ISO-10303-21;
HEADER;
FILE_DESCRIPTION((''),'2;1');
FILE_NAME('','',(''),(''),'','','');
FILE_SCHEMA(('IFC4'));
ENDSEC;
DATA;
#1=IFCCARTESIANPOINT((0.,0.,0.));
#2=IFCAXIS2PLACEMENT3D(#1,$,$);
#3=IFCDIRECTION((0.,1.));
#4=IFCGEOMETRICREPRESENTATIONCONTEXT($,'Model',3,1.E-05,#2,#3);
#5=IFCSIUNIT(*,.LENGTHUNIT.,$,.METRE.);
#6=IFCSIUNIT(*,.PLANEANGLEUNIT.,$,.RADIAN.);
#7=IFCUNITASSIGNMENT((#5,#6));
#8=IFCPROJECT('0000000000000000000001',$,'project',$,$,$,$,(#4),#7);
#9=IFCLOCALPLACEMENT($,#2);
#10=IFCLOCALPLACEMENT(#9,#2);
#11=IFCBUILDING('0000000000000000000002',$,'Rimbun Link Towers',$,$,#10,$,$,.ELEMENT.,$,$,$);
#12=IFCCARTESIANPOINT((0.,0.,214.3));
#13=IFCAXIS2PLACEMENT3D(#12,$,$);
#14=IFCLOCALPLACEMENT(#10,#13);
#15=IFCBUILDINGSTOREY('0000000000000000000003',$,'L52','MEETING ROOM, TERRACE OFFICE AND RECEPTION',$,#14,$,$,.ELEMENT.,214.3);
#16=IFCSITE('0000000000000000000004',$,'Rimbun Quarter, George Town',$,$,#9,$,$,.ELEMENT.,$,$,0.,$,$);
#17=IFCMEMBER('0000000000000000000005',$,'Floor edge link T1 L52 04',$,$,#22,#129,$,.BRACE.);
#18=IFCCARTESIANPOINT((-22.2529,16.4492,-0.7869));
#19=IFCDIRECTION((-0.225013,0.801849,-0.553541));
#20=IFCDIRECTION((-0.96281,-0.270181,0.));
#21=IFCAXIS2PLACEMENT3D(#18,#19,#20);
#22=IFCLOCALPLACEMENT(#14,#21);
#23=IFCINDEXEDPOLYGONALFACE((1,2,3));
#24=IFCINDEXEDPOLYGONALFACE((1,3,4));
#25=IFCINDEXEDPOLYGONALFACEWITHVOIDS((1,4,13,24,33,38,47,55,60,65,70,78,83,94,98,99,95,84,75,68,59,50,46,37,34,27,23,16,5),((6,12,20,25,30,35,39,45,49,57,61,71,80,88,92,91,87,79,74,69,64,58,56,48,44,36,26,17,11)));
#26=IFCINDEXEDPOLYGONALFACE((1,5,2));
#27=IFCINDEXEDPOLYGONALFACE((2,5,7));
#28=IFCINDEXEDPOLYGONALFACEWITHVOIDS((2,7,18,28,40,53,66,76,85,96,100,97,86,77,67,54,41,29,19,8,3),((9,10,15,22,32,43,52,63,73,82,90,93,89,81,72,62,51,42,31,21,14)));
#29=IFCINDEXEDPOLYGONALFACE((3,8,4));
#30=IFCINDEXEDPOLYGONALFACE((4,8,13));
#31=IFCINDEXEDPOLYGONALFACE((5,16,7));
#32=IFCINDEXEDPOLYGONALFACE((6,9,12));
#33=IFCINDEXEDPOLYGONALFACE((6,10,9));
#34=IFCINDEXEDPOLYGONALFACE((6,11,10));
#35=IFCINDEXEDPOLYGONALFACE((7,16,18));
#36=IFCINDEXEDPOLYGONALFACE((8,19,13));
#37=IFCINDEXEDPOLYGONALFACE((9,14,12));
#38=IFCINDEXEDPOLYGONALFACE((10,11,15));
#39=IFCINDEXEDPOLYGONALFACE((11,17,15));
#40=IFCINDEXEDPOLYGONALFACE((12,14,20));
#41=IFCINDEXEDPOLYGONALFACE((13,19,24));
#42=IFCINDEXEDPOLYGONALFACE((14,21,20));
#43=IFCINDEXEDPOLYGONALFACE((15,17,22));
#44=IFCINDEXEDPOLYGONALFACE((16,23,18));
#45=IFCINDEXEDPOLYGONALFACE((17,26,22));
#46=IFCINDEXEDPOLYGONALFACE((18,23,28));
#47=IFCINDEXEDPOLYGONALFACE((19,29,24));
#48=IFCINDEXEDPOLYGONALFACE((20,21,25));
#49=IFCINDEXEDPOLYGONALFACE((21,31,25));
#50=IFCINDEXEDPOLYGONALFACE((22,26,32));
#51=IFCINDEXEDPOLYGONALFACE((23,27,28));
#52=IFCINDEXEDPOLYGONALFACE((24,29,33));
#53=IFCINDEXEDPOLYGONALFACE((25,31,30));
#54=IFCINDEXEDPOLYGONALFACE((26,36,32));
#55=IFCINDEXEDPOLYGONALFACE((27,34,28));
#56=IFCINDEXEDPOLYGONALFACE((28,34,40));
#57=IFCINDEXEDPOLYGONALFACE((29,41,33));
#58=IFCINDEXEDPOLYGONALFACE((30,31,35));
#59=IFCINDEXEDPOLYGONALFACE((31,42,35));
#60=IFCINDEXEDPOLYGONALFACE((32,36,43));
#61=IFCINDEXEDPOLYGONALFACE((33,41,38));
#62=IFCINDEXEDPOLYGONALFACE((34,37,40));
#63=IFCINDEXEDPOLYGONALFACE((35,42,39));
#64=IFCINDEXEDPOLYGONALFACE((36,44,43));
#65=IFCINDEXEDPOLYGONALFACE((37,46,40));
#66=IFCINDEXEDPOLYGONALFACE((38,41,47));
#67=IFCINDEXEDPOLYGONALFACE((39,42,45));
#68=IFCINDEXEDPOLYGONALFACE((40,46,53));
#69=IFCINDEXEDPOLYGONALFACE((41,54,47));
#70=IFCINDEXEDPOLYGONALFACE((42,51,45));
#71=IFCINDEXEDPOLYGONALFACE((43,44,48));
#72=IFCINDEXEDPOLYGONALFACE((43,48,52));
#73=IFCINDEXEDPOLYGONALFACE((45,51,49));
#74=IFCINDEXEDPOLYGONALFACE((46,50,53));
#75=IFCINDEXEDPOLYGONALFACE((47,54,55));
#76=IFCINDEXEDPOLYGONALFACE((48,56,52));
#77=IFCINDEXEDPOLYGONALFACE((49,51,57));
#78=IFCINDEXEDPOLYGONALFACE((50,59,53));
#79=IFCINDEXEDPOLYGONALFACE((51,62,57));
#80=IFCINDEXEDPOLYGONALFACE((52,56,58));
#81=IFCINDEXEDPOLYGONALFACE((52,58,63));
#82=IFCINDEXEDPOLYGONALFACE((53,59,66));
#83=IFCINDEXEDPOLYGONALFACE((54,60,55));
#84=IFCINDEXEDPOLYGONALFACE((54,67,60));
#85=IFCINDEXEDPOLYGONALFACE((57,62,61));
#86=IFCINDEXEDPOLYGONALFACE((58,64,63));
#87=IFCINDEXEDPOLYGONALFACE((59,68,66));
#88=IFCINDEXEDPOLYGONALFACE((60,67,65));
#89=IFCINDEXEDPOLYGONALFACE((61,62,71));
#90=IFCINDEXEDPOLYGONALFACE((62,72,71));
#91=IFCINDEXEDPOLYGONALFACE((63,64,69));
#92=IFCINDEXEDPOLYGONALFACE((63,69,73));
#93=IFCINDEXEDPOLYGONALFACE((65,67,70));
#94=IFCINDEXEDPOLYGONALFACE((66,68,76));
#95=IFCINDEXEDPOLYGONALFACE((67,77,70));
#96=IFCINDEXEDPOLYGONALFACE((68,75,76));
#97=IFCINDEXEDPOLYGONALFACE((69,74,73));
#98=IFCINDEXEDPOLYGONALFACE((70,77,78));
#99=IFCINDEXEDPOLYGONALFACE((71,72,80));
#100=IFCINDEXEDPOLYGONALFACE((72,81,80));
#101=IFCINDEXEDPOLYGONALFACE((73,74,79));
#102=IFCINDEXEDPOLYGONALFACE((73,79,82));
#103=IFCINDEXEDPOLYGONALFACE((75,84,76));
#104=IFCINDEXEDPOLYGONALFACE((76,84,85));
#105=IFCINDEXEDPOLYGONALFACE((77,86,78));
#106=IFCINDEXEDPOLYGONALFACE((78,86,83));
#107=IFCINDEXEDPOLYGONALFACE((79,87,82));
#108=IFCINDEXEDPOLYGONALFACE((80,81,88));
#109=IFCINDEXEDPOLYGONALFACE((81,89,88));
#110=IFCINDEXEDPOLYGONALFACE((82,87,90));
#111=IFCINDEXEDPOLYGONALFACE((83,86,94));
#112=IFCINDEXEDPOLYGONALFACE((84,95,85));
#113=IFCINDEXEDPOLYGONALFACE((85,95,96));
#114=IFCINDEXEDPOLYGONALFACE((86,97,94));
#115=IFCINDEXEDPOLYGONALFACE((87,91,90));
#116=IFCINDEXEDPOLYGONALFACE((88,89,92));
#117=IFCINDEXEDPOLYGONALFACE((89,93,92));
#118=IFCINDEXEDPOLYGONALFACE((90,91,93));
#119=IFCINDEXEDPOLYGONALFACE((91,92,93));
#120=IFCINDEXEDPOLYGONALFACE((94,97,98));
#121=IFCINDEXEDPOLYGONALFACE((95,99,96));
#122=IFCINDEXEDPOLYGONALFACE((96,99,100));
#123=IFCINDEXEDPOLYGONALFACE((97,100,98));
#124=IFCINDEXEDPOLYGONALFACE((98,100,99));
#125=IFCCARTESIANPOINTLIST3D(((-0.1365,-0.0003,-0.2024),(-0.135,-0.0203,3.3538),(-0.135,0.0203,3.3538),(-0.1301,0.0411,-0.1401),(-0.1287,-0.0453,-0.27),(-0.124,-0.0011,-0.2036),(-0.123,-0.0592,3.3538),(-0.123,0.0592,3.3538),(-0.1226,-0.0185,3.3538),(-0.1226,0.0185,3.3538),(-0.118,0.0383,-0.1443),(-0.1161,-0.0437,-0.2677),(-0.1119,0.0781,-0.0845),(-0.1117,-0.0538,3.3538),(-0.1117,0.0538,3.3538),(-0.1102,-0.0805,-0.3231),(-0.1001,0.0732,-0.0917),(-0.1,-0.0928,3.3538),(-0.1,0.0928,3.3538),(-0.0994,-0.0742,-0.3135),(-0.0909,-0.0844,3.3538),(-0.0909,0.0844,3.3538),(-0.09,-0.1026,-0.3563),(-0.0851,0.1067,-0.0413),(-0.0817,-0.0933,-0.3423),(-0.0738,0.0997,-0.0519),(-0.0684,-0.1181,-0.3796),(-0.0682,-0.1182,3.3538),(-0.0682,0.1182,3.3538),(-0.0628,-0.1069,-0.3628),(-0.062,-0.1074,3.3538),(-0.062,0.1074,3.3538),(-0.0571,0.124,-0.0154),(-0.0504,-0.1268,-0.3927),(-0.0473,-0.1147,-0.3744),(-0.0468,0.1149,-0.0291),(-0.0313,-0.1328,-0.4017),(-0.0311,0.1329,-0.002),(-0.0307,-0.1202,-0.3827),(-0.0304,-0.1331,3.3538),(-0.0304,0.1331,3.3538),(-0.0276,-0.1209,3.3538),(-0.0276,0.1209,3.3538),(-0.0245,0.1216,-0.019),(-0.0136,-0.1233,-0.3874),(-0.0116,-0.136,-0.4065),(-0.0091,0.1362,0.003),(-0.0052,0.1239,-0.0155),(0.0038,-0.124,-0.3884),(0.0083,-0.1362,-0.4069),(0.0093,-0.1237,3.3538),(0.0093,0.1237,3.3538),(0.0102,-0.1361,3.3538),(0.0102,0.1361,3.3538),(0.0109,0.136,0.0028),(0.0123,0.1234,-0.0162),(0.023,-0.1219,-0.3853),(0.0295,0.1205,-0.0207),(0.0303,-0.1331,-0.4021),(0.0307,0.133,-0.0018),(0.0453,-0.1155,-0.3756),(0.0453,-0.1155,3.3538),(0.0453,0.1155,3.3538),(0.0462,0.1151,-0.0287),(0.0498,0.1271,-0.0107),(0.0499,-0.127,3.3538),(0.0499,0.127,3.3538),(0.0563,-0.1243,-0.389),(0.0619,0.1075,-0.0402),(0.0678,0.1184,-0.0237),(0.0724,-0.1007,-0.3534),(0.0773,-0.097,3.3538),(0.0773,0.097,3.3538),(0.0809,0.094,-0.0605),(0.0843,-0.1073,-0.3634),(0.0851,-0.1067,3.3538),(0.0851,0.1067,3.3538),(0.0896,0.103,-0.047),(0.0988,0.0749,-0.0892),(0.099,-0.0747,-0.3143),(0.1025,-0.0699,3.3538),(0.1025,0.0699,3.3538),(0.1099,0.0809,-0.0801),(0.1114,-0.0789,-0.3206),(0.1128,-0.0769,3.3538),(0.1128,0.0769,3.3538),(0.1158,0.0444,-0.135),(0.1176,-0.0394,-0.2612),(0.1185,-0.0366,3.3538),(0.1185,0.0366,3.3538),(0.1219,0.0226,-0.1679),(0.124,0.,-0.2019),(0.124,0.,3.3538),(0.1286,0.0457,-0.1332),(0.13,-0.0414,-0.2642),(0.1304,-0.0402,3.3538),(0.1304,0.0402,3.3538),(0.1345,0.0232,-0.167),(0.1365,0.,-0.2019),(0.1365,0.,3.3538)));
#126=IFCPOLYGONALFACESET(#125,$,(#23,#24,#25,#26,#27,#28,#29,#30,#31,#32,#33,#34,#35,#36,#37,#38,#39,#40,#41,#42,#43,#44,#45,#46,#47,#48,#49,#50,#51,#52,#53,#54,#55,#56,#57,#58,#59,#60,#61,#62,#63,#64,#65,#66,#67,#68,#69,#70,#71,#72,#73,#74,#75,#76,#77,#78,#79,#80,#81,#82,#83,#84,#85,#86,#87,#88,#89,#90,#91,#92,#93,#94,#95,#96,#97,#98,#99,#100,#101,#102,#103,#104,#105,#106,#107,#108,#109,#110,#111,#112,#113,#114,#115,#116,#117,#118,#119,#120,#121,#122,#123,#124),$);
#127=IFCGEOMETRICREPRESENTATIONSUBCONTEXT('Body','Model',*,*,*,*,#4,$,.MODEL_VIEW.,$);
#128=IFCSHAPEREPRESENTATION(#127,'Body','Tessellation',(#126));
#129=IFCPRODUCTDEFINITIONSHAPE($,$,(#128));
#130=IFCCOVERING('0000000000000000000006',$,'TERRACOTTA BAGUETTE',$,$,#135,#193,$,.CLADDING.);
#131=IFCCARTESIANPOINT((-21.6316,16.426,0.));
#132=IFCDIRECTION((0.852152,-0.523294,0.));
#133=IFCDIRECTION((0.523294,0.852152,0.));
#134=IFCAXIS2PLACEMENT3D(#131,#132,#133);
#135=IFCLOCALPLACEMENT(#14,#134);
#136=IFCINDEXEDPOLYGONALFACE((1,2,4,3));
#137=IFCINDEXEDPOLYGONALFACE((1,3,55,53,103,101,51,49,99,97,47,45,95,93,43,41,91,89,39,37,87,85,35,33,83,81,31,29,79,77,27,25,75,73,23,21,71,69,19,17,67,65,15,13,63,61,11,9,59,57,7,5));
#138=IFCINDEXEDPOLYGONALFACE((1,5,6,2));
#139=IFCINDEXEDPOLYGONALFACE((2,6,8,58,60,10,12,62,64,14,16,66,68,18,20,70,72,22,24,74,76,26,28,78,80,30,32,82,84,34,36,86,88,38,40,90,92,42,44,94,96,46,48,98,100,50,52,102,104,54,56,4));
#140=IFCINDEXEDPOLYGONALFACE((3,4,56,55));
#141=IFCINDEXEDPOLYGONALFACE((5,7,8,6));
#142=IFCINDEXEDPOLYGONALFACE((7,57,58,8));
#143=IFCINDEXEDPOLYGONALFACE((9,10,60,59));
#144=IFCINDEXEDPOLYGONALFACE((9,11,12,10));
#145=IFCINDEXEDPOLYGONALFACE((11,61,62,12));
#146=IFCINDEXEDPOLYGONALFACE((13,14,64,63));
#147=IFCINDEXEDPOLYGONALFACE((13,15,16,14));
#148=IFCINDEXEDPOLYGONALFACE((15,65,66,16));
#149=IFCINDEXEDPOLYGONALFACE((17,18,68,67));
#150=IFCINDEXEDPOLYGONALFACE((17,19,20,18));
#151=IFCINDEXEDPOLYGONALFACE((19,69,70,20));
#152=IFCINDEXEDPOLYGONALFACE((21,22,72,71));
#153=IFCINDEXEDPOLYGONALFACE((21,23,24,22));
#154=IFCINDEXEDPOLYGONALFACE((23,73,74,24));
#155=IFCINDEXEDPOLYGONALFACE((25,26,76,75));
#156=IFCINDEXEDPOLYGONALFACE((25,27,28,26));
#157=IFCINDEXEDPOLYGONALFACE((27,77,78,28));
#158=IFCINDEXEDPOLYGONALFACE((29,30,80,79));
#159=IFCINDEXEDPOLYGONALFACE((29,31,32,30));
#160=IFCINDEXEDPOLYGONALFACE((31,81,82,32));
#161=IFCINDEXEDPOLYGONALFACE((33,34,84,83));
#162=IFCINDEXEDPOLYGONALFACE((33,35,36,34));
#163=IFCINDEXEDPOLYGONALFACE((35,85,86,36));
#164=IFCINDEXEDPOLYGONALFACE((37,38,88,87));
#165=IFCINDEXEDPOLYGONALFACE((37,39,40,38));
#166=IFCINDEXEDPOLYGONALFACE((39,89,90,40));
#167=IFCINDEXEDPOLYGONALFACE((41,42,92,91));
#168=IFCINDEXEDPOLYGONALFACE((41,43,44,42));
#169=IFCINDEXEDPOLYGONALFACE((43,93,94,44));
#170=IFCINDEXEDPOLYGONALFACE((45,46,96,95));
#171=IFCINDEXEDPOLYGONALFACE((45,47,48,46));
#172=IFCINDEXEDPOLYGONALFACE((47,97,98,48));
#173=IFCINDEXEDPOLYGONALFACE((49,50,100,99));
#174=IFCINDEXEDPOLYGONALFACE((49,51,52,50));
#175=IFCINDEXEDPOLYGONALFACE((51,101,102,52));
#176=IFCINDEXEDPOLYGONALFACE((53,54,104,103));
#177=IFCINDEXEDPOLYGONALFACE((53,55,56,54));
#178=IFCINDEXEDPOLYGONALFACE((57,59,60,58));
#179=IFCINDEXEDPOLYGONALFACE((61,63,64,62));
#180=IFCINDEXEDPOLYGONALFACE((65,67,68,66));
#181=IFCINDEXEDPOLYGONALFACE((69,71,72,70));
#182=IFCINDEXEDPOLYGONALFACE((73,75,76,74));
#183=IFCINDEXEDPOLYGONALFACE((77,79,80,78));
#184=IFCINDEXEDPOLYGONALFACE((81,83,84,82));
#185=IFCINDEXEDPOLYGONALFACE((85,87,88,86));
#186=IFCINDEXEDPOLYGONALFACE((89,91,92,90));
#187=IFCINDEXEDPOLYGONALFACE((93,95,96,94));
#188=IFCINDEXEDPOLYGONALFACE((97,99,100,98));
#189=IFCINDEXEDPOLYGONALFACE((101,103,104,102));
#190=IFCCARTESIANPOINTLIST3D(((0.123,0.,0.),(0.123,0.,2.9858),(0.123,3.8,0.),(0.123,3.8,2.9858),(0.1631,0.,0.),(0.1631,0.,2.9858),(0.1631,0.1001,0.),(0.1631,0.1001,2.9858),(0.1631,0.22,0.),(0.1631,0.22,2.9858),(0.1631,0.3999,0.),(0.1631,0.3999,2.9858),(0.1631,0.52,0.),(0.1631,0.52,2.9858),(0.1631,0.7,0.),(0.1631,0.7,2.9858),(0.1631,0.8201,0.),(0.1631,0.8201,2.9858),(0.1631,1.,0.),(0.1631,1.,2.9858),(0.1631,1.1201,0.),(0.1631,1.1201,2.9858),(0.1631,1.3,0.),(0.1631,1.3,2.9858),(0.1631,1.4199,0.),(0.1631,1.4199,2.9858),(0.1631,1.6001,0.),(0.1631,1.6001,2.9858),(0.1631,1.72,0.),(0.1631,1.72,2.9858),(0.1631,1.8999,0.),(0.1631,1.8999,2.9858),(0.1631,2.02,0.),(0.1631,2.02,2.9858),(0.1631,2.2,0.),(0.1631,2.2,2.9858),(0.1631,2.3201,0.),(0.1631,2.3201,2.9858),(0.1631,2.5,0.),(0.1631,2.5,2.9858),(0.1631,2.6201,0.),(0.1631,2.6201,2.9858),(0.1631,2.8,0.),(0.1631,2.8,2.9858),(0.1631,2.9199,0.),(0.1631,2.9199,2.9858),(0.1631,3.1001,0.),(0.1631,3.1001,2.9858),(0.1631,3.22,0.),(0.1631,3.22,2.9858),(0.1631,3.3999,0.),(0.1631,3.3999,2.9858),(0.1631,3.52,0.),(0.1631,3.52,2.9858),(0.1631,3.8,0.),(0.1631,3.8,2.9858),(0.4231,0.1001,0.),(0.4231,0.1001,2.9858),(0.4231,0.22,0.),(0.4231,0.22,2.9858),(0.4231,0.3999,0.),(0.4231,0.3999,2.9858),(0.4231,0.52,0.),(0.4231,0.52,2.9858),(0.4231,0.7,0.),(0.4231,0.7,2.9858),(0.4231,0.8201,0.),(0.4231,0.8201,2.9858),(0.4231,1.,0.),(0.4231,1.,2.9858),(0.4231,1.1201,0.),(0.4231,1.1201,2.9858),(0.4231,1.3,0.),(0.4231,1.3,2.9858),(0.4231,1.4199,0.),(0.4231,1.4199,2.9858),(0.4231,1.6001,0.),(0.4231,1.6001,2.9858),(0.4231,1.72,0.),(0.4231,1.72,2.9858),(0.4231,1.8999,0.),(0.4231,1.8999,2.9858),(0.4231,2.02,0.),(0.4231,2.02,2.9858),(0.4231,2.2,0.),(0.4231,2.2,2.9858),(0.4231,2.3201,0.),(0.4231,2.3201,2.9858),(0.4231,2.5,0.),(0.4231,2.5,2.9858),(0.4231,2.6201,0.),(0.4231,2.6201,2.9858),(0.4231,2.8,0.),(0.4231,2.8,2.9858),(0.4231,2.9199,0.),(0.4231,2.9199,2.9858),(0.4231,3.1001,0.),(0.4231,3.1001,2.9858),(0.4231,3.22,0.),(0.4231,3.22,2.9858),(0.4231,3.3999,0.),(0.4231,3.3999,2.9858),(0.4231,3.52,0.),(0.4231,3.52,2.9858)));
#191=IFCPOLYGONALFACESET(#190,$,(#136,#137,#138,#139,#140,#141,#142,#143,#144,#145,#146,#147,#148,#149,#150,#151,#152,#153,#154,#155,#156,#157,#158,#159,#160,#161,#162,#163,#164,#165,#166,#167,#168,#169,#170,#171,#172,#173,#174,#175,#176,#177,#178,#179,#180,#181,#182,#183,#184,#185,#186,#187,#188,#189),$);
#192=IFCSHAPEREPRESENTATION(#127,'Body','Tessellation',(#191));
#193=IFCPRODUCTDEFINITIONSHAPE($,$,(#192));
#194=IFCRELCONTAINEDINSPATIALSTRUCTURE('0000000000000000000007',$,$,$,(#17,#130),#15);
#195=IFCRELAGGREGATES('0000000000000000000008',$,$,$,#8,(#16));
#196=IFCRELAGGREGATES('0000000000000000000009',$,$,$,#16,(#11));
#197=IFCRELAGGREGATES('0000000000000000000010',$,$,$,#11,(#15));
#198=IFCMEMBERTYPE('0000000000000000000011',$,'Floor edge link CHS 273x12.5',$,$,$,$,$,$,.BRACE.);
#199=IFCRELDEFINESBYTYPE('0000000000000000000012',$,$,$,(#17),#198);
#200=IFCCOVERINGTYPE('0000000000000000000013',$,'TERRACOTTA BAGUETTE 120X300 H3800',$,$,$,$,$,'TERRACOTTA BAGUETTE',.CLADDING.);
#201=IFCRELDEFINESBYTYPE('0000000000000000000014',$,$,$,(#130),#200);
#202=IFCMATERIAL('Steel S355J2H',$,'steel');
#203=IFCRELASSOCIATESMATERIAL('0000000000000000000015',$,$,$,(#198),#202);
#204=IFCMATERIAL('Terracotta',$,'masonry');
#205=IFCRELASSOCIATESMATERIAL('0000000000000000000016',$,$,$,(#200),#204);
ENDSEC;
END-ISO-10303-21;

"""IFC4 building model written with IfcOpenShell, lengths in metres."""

from ifc_helpers import new_model, si_unit, direction, frame, origin, origin_2d, place, context, subcontext, project, spatial, polyline, hollow_circle, outline, extrude, clip, halfspace, material, material_profile, profile_set, type_object, element, save


model = new_model("IFC4")

# Units and contexts
model_context = context("Model", 3, precision=1e-05, world=origin(), true_north=direction((0.0, 1.0)))
body_context = subcontext(model_context, "Body", "Model", "MODEL_VIEW")
ifc_project = project(units=[si_unit("LENGTHUNIT", "METRE"), si_unit("PLANEANGLEUNIT", "RADIAN")], contexts=[model_context])

# Site, building, storey
site_placement = place(None, origin())
site = spatial("IfcSite", under=ifc_project, at=site_placement, Name="Rimbun Quarter, George Town", CompositionType="ELEMENT", RefElevation=0.0)
building_placement = place(site_placement, origin())
building = spatial("IfcBuilding", under=site, at=building_placement, Name="Rimbun Link Towers", CompositionType="ELEMENT")
storey_placement = place(building_placement, frame((0.0, 0.0, 214.3)))
storey = spatial("IfcBuildingStorey", under=building, at=storey_placement, Name="L52", Description="MEETING ROOM, TERRACE OFFICE AND RECEPTION", CompositionType="ELEMENT", Elevation=214.3)

# Member
ifc_material_1 = material(Name="Steel S355J2H", Category="steel")
ifc_material_profile_1 = material_profile(ifc_material_1, hollow_circle(Radius=0.1365, WallThickness=0.0125, at=origin_2d()), Name="CHS 273x12.5")
ifc_profile_set_1 = profile_set([ifc_material_profile_1], Name="Steel S355J2H")
member_type_1 = type_object("IfcMemberType", Name="Floor edge link CHS 273x12.5", PredefinedType="BRACE", material=ifc_profile_set_1)
member_1_placement = place(storey_placement, frame((-22.2529, 16.4492, -0.7869), z_axis=(-0.225013, 0.801849, -0.553541), x_axis=(-0.96281, -0.270181, 0.0)))
element("IfcMember", 1, at=member_1_placement, inside=storey, type_object=member_type_1, Name="Floor edge link T1 L52 04", PredefinedType="BRACE", context=body_context, shape_type="Clipping", body=[
    clip(extrude(hollow_circle(Radius=0.1365, WallThickness=0.0125, at=origin_2d()), frame((0.0, 0.0, -0.4287)), (0.0, 0.0, 1.0), 3.7825), halfspace(frame((0.0, 0.0, -0.2019), z_axis=(0.0, 0.832822, -0.553541)), False)),
])

# Covering
ifc_material_2 = material(Name="Terracotta", Category="masonry")
ifc_material_profile_2 = material_profile(ifc_material_2, outline(polyline([(0.123, 0.0), (0.1631, 0.0), (0.1631, 0.1001), (0.4231, 0.1001), (0.4231, 0.22), (0.1631, 0.22), (0.1631, 0.3999), (0.4231, 0.3999), (0.4231, 0.52), (0.1631, 0.52), (0.1631, 0.7), (0.4231, 0.7), (0.4231, 0.8201), (0.1631, 0.8201), (0.1631, 1.0), (0.4231, 1.0), (0.4231, 1.1201), (0.1631, 1.1201), (0.1631, 1.3), (0.4231, 1.3), (0.4231, 1.4199), (0.1631, 1.4199), (0.1631, 1.6001), (0.4231, 1.6001), (0.4231, 1.72), (0.1631, 1.72), (0.1631, 1.8999), (0.4231, 1.8999), (0.4231, 2.02), (0.1631, 2.02), (0.1631, 2.2), (0.4231, 2.2), (0.4231, 2.3201), (0.1631, 2.3201), (0.1631, 2.5), (0.4231, 2.5), (0.4231, 2.6201), (0.1631, 2.6201), (0.1631, 2.8), (0.4231, 2.8), (0.4231, 2.9199), (0.1631, 2.9199), (0.1631, 3.1001), (0.4231, 3.1001), (0.4231, 3.22), (0.1631, 3.22), (0.1631, 3.3999), (0.4231, 3.3999), (0.4231, 3.52), (0.1631, 3.52), (0.1631, 3.8), (0.123, 3.8), (0.123, 0.0)])), Name="BAGUETTE 120X300")
ifc_profile_set_2 = profile_set([ifc_material_profile_2], Name="Terracotta")
covering_type = type_object("IfcCoveringType", Name="TERRACOTTA BAGUETTE 120X300 H3800", ElementType="TERRACOTTA BAGUETTE", PredefinedType="CLADDING", material=ifc_profile_set_2)
covering_1_placement = place(storey_placement, frame((-21.6316, 16.426, 0.0), z_axis=(0.852152, -0.523294, 0.0), x_axis=(0.523294, 0.852152, 0.0)))
element("IfcCovering", 2, at=covering_1_placement, inside=storey, type_object=covering_type, Name="TERRACOTTA BAGUETTE", PredefinedType="CLADDING", context=body_context, shape_type="SweptSolid", body=[
    extrude(outline(polyline([(0.123, 0.0), (0.1631, 0.0), (0.1631, 0.1001), (0.4231, 0.1001), (0.4231, 0.22), (0.1631, 0.22), (0.1631, 0.3999), (0.4231, 0.3999), (0.4231, 0.52), (0.1631, 0.52), (0.1631, 0.7), (0.4231, 0.7), (0.4231, 0.8201), (0.1631, 0.8201), (0.1631, 1.0), (0.4231, 1.0), (0.4231, 1.1201), (0.1631, 1.1201), (0.1631, 1.3), (0.4231, 1.3), (0.4231, 1.4199), (0.1631, 1.4199), (0.1631, 1.6001), (0.4231, 1.6001), (0.4231, 1.72), (0.1631, 1.72), (0.1631, 1.8999), (0.4231, 1.8999), (0.4231, 2.02), (0.1631, 2.02), (0.1631, 2.2), (0.4231, 2.2), (0.4231, 2.3201), (0.1631, 2.3201), (0.1631, 2.5), (0.4231, 2.5), (0.4231, 2.6201), (0.1631, 2.6201), (0.1631, 2.8), (0.4231, 2.8), (0.4231, 2.9199), (0.1631, 2.9199), (0.1631, 3.1001), (0.4231, 3.1001), (0.4231, 3.22), (0.1631, 3.22), (0.1631, 3.3999), (0.4231, 3.3999), (0.4231, 3.52), (0.1631, 3.52), (0.1631, 3.8), (0.123, 3.8), (0.123, 0.0)])), origin(), (0.0, 0.0, 1.0), 2.9858),
])

save(model, "model.ifc")
